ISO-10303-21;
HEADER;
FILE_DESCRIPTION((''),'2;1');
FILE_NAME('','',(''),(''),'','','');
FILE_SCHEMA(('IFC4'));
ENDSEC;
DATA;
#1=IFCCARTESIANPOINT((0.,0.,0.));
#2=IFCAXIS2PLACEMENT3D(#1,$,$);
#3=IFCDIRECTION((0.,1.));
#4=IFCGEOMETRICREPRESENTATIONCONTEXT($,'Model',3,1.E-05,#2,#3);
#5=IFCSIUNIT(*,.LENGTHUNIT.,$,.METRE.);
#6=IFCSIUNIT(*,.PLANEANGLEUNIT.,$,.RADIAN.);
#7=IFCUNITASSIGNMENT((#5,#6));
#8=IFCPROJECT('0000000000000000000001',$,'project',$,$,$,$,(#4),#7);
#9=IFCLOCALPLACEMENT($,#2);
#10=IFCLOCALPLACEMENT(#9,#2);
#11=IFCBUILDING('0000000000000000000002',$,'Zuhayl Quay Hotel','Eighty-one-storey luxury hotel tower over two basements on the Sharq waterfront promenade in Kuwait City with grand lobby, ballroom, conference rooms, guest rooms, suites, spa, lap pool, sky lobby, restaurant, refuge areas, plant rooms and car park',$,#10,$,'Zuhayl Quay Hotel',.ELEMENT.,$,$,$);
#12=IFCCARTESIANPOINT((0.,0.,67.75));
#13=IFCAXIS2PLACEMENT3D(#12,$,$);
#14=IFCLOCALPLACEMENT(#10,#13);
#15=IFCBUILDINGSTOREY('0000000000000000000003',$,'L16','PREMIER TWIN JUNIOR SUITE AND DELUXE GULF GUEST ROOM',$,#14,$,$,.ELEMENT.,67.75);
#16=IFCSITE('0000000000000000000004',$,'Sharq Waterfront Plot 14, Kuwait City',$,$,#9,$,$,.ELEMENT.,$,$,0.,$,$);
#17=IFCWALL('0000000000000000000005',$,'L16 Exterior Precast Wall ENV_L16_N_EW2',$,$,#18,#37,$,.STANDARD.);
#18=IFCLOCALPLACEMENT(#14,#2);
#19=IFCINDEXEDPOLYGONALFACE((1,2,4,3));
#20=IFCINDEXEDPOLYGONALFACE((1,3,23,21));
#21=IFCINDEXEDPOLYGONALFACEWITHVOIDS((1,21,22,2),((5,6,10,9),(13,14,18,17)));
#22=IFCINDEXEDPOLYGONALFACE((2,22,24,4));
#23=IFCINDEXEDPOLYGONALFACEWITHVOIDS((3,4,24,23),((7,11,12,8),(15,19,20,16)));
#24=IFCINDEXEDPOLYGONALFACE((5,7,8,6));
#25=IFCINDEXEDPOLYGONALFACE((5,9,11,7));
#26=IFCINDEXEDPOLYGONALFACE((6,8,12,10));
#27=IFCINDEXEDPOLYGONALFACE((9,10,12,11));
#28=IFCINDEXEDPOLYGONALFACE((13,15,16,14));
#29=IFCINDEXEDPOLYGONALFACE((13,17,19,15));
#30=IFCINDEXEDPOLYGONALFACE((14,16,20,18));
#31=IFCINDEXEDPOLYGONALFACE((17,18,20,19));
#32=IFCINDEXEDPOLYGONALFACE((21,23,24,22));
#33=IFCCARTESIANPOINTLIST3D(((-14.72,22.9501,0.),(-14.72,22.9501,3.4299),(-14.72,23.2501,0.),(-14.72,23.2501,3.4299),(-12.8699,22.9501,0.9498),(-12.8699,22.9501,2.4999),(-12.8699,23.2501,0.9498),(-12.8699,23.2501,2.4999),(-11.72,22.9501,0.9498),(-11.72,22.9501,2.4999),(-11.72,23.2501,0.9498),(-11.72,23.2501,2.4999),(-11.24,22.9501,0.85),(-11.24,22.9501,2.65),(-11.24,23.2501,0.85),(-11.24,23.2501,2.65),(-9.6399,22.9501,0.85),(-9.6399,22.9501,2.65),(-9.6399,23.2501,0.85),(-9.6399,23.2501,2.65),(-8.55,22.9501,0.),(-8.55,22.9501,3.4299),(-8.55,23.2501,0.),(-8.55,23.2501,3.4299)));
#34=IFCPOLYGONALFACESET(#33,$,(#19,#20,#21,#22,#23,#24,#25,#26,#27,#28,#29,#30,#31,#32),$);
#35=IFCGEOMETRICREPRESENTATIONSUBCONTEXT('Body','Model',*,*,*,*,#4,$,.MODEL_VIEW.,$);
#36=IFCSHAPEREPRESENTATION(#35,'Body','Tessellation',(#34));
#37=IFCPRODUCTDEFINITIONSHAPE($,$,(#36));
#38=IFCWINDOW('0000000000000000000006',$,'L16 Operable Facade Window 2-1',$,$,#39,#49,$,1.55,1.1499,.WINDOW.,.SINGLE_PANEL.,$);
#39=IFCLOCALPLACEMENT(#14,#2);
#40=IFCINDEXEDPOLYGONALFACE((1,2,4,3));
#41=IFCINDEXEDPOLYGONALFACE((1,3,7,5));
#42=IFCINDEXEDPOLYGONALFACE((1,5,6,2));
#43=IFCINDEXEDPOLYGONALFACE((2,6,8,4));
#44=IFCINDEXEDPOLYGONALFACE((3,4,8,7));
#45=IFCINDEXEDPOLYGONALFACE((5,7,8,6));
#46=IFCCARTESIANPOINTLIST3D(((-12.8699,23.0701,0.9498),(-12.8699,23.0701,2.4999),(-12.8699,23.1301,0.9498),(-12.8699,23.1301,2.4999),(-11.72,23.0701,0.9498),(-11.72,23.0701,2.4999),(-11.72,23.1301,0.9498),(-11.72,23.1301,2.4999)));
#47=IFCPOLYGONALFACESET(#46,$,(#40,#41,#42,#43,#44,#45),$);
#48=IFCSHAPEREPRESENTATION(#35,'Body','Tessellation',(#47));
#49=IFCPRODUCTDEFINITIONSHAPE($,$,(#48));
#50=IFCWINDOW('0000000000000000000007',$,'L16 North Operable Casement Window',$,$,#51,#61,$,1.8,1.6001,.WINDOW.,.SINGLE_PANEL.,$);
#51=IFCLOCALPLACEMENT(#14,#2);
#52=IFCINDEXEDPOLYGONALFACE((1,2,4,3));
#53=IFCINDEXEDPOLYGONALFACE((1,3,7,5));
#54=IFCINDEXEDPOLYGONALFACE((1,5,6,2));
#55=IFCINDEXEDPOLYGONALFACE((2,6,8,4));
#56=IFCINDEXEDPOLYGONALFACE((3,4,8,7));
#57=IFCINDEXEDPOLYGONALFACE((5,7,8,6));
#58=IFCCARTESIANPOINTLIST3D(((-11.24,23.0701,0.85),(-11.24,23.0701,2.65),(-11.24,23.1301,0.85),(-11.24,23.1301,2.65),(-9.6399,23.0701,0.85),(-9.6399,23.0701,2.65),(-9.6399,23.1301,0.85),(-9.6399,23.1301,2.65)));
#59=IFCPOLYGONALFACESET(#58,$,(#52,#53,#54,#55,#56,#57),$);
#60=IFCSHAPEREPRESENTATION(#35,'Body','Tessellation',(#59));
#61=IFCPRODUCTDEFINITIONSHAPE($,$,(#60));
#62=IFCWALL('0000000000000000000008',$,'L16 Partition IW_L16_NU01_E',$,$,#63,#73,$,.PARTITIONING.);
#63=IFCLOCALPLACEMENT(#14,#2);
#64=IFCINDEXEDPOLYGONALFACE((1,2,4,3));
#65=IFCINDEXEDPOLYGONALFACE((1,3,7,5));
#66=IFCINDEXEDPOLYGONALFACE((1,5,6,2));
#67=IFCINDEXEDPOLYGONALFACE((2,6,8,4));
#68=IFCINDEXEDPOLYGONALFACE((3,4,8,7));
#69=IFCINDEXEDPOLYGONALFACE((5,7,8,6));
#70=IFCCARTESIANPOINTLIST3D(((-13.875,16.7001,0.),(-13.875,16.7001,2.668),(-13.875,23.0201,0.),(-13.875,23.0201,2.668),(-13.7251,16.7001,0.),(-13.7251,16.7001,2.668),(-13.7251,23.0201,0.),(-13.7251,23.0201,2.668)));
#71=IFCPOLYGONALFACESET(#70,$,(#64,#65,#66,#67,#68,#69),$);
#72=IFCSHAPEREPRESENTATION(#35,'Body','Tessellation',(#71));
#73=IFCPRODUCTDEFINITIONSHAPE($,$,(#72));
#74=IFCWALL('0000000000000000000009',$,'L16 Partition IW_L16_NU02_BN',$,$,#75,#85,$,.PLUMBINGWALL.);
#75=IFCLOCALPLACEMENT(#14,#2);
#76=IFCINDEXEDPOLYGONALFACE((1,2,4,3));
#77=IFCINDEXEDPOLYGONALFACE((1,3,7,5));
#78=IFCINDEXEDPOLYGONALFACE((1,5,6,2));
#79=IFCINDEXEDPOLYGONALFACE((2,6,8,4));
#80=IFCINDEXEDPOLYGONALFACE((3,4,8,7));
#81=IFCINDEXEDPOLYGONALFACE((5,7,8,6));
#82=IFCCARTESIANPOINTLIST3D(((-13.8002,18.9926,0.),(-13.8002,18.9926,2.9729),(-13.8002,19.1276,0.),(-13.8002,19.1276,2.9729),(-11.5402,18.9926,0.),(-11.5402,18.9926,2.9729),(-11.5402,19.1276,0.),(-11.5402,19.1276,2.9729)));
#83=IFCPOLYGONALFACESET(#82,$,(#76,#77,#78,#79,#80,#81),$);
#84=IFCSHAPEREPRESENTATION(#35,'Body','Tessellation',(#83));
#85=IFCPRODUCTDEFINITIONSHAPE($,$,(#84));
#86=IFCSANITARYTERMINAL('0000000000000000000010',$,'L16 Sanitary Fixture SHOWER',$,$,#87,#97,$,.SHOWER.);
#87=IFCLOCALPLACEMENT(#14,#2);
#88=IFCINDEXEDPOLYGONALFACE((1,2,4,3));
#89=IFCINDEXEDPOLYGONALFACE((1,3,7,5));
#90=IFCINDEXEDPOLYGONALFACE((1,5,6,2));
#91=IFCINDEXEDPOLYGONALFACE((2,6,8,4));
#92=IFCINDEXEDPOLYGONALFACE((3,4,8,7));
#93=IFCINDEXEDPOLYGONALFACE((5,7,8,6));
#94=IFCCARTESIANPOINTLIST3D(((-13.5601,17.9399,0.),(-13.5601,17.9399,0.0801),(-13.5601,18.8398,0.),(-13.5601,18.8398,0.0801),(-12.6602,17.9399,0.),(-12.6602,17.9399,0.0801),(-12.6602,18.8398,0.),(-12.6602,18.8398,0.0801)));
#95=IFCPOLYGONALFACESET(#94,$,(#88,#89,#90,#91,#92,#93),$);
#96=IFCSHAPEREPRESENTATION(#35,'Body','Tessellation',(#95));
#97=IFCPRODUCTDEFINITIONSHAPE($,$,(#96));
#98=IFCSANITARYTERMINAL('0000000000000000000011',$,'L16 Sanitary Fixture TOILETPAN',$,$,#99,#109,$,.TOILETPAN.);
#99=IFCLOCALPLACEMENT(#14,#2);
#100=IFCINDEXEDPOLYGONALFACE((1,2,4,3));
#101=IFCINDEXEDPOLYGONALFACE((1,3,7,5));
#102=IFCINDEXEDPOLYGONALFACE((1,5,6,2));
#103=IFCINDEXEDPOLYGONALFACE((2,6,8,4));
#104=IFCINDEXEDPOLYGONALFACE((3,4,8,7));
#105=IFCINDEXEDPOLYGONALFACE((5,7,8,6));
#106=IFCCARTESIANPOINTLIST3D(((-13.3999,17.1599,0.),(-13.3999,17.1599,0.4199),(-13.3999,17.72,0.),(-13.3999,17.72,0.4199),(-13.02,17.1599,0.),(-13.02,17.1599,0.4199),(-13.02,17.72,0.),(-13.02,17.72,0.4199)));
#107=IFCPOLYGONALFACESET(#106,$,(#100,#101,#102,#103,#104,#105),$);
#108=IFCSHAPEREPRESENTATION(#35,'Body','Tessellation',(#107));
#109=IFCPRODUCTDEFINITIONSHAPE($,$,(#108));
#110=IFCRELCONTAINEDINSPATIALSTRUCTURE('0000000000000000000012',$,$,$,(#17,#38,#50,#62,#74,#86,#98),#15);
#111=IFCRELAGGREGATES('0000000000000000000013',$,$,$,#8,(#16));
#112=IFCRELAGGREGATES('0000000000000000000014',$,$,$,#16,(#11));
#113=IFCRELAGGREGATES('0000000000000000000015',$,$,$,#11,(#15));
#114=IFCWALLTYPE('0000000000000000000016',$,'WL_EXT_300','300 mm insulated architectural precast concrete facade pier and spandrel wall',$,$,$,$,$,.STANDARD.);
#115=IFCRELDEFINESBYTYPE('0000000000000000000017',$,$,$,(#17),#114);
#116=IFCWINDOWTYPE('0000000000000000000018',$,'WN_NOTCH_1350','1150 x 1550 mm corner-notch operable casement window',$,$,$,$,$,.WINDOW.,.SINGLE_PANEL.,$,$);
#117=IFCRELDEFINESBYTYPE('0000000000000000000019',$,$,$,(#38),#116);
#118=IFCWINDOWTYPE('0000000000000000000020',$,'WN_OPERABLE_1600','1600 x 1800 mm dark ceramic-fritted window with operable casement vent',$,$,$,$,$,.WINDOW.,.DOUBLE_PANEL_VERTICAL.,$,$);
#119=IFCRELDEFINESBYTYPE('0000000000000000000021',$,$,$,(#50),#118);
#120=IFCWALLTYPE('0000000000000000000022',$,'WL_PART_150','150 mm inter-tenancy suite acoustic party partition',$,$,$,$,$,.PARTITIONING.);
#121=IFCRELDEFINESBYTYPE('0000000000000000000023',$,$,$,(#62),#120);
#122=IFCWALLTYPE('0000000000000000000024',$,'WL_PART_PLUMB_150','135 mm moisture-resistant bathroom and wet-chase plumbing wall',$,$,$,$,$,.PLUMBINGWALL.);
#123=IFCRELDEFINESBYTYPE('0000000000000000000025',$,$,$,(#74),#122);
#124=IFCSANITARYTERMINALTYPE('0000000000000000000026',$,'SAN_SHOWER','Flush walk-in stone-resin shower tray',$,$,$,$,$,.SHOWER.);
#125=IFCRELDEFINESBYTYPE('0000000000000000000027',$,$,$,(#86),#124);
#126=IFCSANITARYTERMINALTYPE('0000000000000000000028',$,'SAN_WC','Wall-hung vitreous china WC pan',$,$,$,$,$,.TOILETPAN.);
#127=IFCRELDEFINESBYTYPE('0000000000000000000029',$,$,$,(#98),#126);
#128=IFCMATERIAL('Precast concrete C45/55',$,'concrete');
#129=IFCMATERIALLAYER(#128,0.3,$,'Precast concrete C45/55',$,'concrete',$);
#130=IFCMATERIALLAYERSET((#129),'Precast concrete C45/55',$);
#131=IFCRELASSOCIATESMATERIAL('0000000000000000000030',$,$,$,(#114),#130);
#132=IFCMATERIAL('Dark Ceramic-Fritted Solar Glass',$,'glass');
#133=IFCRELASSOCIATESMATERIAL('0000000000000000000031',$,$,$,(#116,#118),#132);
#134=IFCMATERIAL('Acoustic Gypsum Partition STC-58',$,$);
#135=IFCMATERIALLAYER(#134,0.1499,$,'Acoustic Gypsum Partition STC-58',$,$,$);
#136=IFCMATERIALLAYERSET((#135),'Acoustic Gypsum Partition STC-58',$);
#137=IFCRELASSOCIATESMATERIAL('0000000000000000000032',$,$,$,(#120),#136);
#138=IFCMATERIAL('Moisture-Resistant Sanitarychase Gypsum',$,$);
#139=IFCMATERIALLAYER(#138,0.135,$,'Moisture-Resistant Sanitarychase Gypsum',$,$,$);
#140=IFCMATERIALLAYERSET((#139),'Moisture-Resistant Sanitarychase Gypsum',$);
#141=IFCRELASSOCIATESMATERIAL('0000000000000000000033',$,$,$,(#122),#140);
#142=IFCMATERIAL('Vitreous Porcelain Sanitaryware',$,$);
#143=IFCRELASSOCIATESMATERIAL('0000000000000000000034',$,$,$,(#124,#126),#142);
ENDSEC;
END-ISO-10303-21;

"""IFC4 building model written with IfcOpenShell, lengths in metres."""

from ifc_helpers import new_model, si_unit, direction, frame, frame_2d, origin, origin_2d, place, context, subcontext, project, spatial, rectangle, extrude, material, layer, layer_set, type_object, element, fill, save


model = new_model("IFC4")

# Units and contexts
model_context = context("Model", 3, precision=1e-05, world=origin(), true_north=direction((0.0, 1.0)))
body_context = subcontext(model_context, "Body", "Model", "MODEL_VIEW")
ifc_project = project(units=[si_unit("LENGTHUNIT", "METRE"), si_unit("PLANEANGLEUNIT", "RADIAN")], contexts=[model_context])

# Site, building, storey
site_placement = place(None, origin())
site = spatial("IfcSite", under=ifc_project, at=site_placement, Name="Sharq Waterfront Plot 14, Kuwait City", CompositionType="ELEMENT", RefElevation=0.0)
building_placement = place(site_placement, origin())
building = spatial("IfcBuilding", under=site, at=building_placement, Name="Zuhayl Quay Hotel", Description="Eighty-one-storey luxury hotel tower over two basements on the Sharq waterfront promenade in Kuwait City with grand lobby, ballroom, conference rooms, guest rooms, suites, spa, lap pool, sky lobby, restaurant, refuge areas, plant rooms and car park", LongName="Zuhayl Quay Hotel", CompositionType="ELEMENT")
storey_placement = place(building_placement, frame((0.0, 0.0, 67.75)))
storey = spatial("IfcBuildingStorey", under=building, at=storey_placement, Name="L16", Description="PREMIER TWIN JUNIOR SUITE AND DELUXE GULF GUEST ROOM", CompositionType="ELEMENT", Elevation=67.75)

# Shared definitions
ifc_material_1 = material(Name="Dark Ceramic-Fritted Solar Glass", Category="glass")

# Wall, openings, windows
ifc_material_2 = material(Name="Precast concrete C45/55", Category="concrete")
ifc_layer_1 = layer(ifc_material_2, 0.3, Name="Precast concrete C45/55", Category="concrete")
ifc_layer_set_1 = layer_set([ifc_layer_1], Name="Precast concrete C45/55")
wall_type_1 = type_object("IfcWallType", Name="WL_EXT_300", Description="300 mm insulated architectural precast concrete facade pier and spandrel wall", PredefinedType="STANDARD", material=ifc_layer_set_1)
wall_1_placement = place(storey_placement, frame((-14.72, 23.1001, 0.0), z_axis=(0.0, 0.0, 1.0), x_axis=(1.0, 0.0, 0.0)))
wall_1 = element("IfcWall", 1, at=wall_1_placement, inside=storey, type_object=wall_type_1, Name="L16 Exterior Precast Wall ENV_L16_N_EW2", PredefinedType="STANDARD", context=body_context, shape_type="SweptSolid", body=[
    extrude(rectangle(XDim=6.1699, YDim=0.3, at=frame_2d((3.085, 0.0))), origin(), (0.0, 0.0, 1.0), 3.4299),
])
opening_1_placement = place(wall_1_placement, frame((3.48, 0.0, 0.8501)))
opening_1 = element("IfcOpeningElement", 2, at=opening_1_placement, cuts=wall_1, PredefinedType="OPENING", context=body_context, shape_type="SweptSolid", body=[
    extrude(rectangle(XDim=1.6001, YDim=1.8, at=frame_2d((0.8, 0.8999))), frame((0.0, 0.1599, 0.0), z_axis=(0.0, -1.0, 0.0), x_axis=(1.0, 0.0, 0.0)), (0.0, 0.0, 1.0), 0.3201),
])
opening_2_placement = place(wall_1_placement, frame((1.8501, 0.0, 0.95)))
opening_2 = element("IfcOpeningElement", 3, at=opening_2_placement, cuts=wall_1, PredefinedType="OPENING", context=body_context, shape_type="SweptSolid", body=[
    extrude(rectangle(XDim=1.1499, YDim=1.55, at=frame_2d((0.575, 0.7749))), frame((0.0, 0.1599, 0.0), z_axis=(0.0, -1.0, 0.0), x_axis=(1.0, 0.0, 0.0)), (0.0, 0.0, 1.0), 0.3201),
])
window_type_1 = type_object("IfcWindowType", Name="WN_NOTCH_1350", Description="1150 x 1550 mm corner-notch operable casement window", PartitioningType="SINGLE_PANEL", PredefinedType="WINDOW", material=ifc_material_1)
window_1_placement = place(opening_2_placement, origin())
window_1 = element("IfcWindow", 4, at=window_1_placement, inside=storey, type_object=window_type_1, Name="L16 Operable Facade Window 2-1", OverallHeight=1.55, OverallWidth=1.1499, PartitioningType="SINGLE_PANEL", PredefinedType="WINDOW", context=body_context, shape_type="SweptSolid", body=[
    extrude(rectangle(XDim=1.1499, YDim=1.55, at=frame_2d((0.575, 0.7749))), frame((0.0, 0.03, 0.0), z_axis=(0.0, -1.0, 0.0), x_axis=(1.0, 0.0, 0.0)), (0.0, 0.0, 1.0), 0.0601),
])
fill(opening_2, window_1)
window_type_2 = type_object("IfcWindowType", Name="WN_OPERABLE_1600", Description="1600 x 1800 mm dark ceramic-fritted window with operable casement vent", PartitioningType="DOUBLE_PANEL_VERTICAL", PredefinedType="WINDOW", material=ifc_material_1)
window_2_placement = place(opening_1_placement, origin())
window_2 = element("IfcWindow", 5, at=window_2_placement, inside=storey, type_object=window_type_2, Name="L16 North Operable Casement Window", OverallHeight=1.8, OverallWidth=1.6001, PartitioningType="SINGLE_PANEL", PredefinedType="WINDOW", context=body_context, shape_type="SweptSolid", body=[
    extrude(rectangle(XDim=1.6001, YDim=1.8, at=frame_2d((0.8, 0.8999))), frame((0.0, 0.03, 0.0), z_axis=(0.0, -1.0, 0.0), x_axis=(1.0, 0.0, 0.0)), (0.0, 0.0, 1.0), 0.0601),
])
fill(opening_1, window_2)

# Wall
ifc_material_3 = material(Name="Acoustic Gypsum Partition STC-58")
ifc_layer_2 = layer(ifc_material_3, 0.1499, Name="Acoustic Gypsum Partition STC-58")
ifc_layer_set_2 = layer_set([ifc_layer_2], Name="Acoustic Gypsum Partition STC-58")
wall_type_2 = type_object("IfcWallType", Name="WL_PART_150", Description="150 mm inter-tenancy suite acoustic party partition", PredefinedType="PARTITIONING", material=ifc_layer_set_2)
wall_2_placement = place(storey_placement, frame((-13.8, 16.7, 0.0), z_axis=(0.0, 0.0, 1.0), x_axis=(0.0, 1.0, 0.0)))
element("IfcWall", 6, at=wall_2_placement, inside=storey, type_object=wall_type_2, Name="L16 Partition IW_L16_NU01_E", PredefinedType="PARTITIONING", context=body_context, shape_type="SweptSolid", body=[
    extrude(rectangle(XDim=6.3201, YDim=0.1499, at=frame_2d((3.1602, 0.0))), origin(), (0.0, 0.0, 1.0), 2.668),
])

# Wall
ifc_material_4 = material(Name="Moisture-Resistant Sanitarychase Gypsum")
ifc_layer_3 = layer(ifc_material_4, 0.135, Name="Moisture-Resistant Sanitarychase Gypsum")
ifc_layer_set_3 = layer_set([ifc_layer_3], Name="Moisture-Resistant Sanitarychase Gypsum")
wall_type_3 = type_object("IfcWallType", Name="WL_PART_PLUMB_150", Description="135 mm moisture-resistant bathroom and wet-chase plumbing wall", PredefinedType="PLUMBINGWALL", material=ifc_layer_set_3)
wall_3_placement = place(storey_placement, frame((-13.8, 19.0601, 0.0), z_axis=(0.0, 0.0, 1.0), x_axis=(1.0, 0.0, 0.0)))
element("IfcWall", 7, at=wall_3_placement, inside=storey, type_object=wall_type_3, Name="L16 Partition IW_L16_NU02_BN", PredefinedType="PLUMBINGWALL", context=body_context, shape_type="SweptSolid", body=[
    extrude(rectangle(XDim=2.26, YDim=0.135, at=frame_2d((1.1299, 0.0))), origin(), (0.0, 0.0, 1.0), 2.9729),
])

# Sanitary terminals
ifc_material_5 = material(Name="Vitreous Porcelain Sanitaryware")
sanitary_terminal_type_1 = type_object("IfcSanitaryTerminalType", Name="SAN_SHOWER", Description="Flush walk-in stone-resin shower tray", PredefinedType="SHOWER", material=ifc_material_5)
sanitary_terminal_1_placement = place(storey_placement, frame((-13.1101, 18.3899, 0.0), z_axis=(0.0, 0.0, 1.0), x_axis=(1.0, 0.0, 0.0)))
element("IfcSanitaryTerminal", 8, at=sanitary_terminal_1_placement, inside=storey, type_object=sanitary_terminal_type_1, Name="L16 Sanitary Fixture SHOWER", PredefinedType="SHOWER", context=body_context, shape_type="SweptSolid", body=[
    extrude(rectangle(XDim=0.8999, YDim=0.8999, at=origin_2d()), origin(), (0.0, 0.0, 1.0), 0.0801),
])
sanitary_terminal_type_2 = type_object("IfcSanitaryTerminalType", Name="SAN_WC", Description="Wall-hung vitreous china WC pan", PredefinedType="TOILETPAN", material=ifc_material_5)
sanitary_terminal_2_placement = place(storey_placement, frame((-13.21, 17.4399, 0.0), z_axis=(0.0, 0.0, 1.0), x_axis=(1.0, 0.0, 0.0)))
element("IfcSanitaryTerminal", 9, at=sanitary_terminal_2_placement, inside=storey, type_object=sanitary_terminal_type_2, Name="L16 Sanitary Fixture TOILETPAN", PredefinedType="TOILETPAN", context=body_context, shape_type="SweptSolid", body=[
    extrude(rectangle(XDim=0.3799, YDim=0.5601, at=origin_2d()), origin(), (0.0, 0.0, 1.0), 0.4199),
])

save(model, "model.ifc")
